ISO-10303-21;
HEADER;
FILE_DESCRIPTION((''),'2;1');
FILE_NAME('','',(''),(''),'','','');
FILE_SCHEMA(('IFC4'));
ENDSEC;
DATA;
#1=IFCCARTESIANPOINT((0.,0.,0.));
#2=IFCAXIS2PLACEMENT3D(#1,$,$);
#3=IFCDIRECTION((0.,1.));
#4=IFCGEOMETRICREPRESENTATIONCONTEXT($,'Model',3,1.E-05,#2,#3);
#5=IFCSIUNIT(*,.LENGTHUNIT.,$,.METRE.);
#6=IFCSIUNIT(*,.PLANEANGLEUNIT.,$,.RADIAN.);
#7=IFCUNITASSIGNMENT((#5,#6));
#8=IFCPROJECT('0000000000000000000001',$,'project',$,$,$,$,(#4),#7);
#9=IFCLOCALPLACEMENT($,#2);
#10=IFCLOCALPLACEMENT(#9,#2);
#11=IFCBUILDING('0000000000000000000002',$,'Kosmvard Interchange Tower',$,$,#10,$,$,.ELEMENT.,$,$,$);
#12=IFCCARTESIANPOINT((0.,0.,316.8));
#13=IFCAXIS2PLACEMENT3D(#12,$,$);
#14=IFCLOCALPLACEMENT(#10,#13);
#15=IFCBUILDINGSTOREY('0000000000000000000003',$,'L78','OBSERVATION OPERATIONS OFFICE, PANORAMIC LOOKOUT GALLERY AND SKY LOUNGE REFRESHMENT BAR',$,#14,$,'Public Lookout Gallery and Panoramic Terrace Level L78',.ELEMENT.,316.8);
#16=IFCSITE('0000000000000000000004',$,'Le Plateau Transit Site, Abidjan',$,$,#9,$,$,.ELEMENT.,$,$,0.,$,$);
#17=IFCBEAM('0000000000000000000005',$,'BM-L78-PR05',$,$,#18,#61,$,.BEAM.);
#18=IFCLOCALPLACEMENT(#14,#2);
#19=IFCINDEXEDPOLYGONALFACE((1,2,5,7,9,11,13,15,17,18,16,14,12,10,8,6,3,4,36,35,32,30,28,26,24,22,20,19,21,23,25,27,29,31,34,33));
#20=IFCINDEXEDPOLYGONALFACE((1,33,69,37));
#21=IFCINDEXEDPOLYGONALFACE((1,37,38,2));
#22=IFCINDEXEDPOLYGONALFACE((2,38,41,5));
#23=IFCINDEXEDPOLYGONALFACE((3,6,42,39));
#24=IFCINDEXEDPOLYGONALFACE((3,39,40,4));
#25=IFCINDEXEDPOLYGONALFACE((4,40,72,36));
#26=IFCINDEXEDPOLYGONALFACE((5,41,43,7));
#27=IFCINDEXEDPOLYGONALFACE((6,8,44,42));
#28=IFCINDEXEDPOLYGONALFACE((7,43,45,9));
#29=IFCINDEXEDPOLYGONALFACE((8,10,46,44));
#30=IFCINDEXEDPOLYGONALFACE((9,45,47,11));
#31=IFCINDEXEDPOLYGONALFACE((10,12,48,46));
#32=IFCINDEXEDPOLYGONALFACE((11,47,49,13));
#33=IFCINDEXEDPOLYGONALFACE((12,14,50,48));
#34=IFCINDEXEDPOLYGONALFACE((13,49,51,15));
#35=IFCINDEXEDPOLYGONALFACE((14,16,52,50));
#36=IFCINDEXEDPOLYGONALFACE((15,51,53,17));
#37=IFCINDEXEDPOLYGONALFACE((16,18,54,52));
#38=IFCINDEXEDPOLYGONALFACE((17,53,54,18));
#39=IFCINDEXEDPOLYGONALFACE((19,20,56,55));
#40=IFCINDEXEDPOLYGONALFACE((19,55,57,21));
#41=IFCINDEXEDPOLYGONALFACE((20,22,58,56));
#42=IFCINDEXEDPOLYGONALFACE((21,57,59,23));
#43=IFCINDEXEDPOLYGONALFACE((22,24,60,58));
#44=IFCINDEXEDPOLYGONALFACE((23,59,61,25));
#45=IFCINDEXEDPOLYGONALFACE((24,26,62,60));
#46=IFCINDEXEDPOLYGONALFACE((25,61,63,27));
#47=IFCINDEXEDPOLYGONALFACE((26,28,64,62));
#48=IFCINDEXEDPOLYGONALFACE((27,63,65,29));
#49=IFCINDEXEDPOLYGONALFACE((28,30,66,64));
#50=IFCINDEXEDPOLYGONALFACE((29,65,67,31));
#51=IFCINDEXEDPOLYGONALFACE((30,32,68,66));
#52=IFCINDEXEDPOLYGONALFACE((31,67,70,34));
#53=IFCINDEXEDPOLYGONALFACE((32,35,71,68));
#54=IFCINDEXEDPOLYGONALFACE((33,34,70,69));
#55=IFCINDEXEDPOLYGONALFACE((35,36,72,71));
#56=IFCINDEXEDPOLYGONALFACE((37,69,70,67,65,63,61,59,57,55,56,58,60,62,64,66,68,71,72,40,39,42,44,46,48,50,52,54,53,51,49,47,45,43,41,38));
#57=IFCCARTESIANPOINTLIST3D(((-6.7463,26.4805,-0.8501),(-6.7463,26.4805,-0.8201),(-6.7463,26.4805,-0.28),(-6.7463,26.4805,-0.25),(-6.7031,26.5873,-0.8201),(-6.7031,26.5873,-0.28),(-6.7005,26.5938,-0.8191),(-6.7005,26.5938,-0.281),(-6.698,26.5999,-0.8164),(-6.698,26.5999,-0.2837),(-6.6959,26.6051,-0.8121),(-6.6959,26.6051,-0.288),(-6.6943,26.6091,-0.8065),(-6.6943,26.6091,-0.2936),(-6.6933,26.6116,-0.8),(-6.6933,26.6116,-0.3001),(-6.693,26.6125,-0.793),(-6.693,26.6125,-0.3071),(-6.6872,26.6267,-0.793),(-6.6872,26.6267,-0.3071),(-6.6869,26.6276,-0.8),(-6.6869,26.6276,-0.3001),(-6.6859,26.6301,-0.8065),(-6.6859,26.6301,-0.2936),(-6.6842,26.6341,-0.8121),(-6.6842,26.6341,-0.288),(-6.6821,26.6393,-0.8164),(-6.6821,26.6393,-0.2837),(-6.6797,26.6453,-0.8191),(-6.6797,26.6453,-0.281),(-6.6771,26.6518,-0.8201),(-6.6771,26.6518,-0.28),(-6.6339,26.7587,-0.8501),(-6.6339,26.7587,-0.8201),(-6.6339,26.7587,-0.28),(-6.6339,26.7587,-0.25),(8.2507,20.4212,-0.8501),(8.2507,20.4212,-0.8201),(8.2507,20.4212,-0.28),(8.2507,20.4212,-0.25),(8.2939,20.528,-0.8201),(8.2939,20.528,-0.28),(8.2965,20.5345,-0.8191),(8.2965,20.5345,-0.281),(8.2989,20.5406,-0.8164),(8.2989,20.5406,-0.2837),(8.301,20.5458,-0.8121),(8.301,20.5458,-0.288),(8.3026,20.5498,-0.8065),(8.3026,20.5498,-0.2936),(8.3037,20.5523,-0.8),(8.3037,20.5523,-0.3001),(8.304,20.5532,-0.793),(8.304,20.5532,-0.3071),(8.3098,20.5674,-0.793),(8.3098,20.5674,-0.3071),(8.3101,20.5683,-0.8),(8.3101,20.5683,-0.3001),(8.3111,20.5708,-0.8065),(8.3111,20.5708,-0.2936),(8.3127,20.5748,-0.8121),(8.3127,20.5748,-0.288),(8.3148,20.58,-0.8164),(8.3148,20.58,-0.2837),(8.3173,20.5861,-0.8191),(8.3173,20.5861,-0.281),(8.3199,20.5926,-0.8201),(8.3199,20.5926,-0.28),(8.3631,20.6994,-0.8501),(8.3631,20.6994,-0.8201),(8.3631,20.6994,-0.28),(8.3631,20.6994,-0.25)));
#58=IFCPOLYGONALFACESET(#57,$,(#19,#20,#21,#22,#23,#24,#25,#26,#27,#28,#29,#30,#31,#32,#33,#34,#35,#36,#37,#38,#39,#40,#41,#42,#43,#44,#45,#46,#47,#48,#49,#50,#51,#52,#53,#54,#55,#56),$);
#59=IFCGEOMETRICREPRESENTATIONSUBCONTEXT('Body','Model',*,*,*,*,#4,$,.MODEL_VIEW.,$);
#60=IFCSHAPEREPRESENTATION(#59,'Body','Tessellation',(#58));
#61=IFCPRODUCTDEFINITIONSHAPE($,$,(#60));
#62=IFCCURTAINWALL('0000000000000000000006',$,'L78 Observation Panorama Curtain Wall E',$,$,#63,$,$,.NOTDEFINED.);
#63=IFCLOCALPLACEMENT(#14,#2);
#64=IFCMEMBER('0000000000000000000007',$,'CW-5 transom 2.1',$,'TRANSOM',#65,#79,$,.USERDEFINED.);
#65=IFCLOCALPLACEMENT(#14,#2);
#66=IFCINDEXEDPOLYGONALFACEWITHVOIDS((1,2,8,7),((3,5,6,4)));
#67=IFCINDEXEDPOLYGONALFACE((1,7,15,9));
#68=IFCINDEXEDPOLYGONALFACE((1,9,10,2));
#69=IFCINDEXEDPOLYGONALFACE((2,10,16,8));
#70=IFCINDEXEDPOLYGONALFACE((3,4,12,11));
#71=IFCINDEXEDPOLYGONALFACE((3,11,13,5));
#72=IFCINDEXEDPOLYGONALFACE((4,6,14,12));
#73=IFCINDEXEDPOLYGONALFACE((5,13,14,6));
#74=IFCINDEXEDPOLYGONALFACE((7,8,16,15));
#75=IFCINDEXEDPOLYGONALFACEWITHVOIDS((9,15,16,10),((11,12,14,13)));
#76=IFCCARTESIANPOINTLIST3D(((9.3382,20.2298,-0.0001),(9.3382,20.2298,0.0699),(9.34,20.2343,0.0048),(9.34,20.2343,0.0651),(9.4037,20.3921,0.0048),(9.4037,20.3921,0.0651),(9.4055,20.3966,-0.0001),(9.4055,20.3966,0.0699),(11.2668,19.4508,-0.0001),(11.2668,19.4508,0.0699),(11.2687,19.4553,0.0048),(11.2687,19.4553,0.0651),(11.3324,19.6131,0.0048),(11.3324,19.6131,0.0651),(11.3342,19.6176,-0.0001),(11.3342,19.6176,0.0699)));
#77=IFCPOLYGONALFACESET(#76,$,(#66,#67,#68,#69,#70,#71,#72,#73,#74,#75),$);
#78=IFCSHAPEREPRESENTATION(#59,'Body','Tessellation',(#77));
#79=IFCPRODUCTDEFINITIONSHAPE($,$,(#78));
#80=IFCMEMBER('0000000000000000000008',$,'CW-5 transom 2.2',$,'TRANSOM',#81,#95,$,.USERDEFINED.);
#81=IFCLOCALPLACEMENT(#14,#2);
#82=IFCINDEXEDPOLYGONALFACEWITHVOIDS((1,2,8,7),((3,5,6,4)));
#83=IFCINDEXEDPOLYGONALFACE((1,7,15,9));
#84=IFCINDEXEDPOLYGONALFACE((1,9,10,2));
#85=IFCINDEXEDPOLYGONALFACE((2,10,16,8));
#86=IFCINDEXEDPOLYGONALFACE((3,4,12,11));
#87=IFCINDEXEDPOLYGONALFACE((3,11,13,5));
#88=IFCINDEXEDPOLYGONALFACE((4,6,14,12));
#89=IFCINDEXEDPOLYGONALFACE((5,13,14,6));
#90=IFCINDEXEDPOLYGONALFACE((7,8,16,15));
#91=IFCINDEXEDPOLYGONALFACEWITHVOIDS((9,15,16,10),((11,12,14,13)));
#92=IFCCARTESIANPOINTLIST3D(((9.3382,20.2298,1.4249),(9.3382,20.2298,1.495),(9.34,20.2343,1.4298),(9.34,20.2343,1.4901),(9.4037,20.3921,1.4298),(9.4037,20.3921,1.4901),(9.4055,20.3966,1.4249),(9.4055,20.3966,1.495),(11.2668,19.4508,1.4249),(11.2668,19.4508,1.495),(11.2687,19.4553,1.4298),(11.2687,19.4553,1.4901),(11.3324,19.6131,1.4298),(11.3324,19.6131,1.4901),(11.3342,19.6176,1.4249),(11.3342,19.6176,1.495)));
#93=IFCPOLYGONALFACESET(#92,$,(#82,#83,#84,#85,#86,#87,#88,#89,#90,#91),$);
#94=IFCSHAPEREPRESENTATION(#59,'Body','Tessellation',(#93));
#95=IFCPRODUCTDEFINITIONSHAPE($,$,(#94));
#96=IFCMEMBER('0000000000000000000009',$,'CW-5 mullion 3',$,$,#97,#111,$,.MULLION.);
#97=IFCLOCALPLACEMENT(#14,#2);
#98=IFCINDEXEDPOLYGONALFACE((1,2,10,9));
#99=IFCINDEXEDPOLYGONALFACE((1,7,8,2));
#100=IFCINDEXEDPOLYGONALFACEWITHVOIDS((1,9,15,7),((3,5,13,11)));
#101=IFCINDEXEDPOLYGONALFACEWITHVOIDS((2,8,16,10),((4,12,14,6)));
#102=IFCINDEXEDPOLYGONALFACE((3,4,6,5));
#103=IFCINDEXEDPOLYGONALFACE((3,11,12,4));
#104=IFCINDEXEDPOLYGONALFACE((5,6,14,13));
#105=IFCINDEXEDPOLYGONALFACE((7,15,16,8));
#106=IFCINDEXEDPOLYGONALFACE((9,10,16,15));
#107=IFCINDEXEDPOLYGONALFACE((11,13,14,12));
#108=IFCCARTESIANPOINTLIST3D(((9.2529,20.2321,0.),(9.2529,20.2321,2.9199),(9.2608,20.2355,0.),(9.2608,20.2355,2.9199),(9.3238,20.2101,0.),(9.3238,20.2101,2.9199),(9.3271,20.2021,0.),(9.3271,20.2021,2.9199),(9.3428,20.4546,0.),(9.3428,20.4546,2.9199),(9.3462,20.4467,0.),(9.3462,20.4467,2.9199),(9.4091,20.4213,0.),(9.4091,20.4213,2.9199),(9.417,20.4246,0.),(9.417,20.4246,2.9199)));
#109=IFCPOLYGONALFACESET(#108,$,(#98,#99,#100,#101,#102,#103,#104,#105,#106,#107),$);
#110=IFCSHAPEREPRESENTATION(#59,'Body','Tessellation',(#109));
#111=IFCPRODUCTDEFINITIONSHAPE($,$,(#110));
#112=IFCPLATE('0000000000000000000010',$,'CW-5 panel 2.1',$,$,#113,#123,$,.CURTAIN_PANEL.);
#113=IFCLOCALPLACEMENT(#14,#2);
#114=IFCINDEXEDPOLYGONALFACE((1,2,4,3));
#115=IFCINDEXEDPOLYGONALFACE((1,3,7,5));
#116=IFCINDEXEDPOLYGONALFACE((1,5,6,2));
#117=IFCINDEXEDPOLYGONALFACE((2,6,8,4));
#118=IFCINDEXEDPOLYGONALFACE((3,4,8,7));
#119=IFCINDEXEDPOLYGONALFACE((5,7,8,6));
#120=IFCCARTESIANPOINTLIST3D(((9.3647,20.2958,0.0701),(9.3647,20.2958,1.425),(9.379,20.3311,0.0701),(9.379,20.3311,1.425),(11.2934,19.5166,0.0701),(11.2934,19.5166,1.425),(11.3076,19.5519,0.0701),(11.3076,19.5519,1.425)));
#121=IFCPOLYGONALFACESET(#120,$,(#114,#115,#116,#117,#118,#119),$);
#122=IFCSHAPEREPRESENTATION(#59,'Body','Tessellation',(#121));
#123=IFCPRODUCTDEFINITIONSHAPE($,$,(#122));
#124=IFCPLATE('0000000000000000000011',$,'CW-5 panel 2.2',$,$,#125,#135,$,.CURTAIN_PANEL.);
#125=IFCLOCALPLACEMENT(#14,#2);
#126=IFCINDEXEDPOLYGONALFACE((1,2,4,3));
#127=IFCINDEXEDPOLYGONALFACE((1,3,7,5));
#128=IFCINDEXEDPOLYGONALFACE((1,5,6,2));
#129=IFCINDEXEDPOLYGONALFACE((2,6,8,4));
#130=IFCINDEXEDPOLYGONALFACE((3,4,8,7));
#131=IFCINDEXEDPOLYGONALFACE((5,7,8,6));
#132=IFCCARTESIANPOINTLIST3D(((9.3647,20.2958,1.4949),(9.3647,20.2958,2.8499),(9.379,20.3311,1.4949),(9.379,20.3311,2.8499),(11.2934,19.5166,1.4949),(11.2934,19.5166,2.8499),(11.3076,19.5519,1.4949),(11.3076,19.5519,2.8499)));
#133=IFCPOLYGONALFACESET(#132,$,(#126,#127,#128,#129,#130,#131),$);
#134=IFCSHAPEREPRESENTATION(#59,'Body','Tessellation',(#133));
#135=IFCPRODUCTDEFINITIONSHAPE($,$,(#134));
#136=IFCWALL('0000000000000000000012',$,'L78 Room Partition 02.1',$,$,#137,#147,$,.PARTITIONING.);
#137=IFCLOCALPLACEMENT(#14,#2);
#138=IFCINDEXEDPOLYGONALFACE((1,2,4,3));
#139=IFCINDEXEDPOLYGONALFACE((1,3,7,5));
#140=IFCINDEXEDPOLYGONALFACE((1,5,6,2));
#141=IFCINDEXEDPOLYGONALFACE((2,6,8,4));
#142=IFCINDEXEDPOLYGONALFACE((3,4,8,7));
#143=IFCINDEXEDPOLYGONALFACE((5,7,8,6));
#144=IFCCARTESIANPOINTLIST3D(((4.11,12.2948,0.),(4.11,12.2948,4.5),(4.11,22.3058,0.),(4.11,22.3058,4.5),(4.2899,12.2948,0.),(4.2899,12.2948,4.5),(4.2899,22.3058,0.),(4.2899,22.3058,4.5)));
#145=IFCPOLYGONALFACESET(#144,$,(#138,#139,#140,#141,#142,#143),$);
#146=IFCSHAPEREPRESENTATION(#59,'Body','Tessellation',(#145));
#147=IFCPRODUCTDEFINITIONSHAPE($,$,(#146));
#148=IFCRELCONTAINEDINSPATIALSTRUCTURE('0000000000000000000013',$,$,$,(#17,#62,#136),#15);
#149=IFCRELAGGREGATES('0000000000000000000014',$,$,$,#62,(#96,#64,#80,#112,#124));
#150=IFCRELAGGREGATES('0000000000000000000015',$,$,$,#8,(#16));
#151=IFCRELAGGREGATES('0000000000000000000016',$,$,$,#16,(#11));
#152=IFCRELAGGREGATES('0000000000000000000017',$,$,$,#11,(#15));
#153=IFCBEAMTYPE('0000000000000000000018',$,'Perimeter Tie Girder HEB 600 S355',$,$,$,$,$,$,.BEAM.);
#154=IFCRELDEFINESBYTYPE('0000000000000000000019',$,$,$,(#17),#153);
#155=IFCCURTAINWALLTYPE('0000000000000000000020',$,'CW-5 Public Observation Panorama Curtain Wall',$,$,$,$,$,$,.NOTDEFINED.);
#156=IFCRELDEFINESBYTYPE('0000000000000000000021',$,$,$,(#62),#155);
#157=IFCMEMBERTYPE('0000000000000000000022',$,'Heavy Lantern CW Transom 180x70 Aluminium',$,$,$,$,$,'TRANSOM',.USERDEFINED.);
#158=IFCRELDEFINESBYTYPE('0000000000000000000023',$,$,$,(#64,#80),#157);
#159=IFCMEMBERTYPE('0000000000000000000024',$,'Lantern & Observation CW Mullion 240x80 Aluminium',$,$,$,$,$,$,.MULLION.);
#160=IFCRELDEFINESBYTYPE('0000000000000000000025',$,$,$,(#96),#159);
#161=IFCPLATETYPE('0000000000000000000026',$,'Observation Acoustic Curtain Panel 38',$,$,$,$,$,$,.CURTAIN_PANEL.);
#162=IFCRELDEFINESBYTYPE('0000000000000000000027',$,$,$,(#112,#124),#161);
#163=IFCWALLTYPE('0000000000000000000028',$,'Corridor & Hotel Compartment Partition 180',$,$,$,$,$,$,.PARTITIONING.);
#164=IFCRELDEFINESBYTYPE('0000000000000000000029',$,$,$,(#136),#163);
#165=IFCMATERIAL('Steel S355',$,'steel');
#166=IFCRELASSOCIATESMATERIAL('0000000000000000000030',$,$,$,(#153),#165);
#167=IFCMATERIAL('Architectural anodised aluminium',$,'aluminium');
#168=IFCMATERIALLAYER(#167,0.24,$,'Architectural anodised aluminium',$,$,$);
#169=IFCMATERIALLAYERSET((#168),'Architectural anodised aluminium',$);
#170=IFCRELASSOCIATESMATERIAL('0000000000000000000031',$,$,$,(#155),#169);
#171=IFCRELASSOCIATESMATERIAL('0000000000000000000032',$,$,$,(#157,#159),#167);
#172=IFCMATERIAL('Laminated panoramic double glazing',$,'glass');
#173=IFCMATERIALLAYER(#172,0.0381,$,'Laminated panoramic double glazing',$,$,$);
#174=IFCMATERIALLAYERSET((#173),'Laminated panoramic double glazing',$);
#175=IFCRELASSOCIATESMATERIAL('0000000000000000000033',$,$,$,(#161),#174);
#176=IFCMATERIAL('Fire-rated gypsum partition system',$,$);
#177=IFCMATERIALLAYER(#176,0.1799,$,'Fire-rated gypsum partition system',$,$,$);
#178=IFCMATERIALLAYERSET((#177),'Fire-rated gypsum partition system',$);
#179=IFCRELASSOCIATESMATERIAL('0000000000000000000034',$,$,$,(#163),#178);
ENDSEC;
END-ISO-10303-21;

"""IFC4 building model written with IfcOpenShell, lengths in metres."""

from ifc_helpers import new_model, si_unit, direction, frame, frame_2d, origin, origin_2d, place, context, subcontext, project, spatial, rectangle, hollow_rectangle, i_section, extrude, source, transform, mapped, material, layer, layer_set, material_profile, profile_set, type_object, element, aggregate, save


model = new_model("IFC4")

# Units and contexts
model_context = context("Model", 3, precision=1e-05, world=origin(), true_north=direction((0.0, 1.0)))
body_context = subcontext(model_context, "Body", "Model", "MODEL_VIEW")
ifc_project = project(units=[si_unit("LENGTHUNIT", "METRE"), si_unit("PLANEANGLEUNIT", "RADIAN")], contexts=[model_context])

# Site, building, storey
site_placement = place(None, origin())
site = spatial("IfcSite", under=ifc_project, at=site_placement, Name="Le Plateau Transit Site, Abidjan", CompositionType="ELEMENT", RefElevation=0.0)
building_placement = place(site_placement, origin())
building = spatial("IfcBuilding", under=site, at=building_placement, Name="Kosmvard Interchange Tower", CompositionType="ELEMENT")
storey_placement = place(building_placement, frame((0.0, 0.0, 316.8)))
storey = spatial("IfcBuildingStorey", under=building, at=storey_placement, Name="L78", Description="OBSERVATION OPERATIONS OFFICE, PANORAMIC LOOKOUT GALLERY AND SKY LOUNGE REFRESHMENT BAR", LongName="Public Lookout Gallery and Panoramic Terrace Level L78", CompositionType="ELEMENT", Elevation=316.8)

# Beam
ifc_material_1 = material(Name="Steel S355", Category="steel")
ifc_material_profile_1 = material_profile(ifc_material_1, i_section(OverallWidth=0.3, OverallDepth=0.6001, WebThickness=0.0154, FlangeThickness=0.03, FilletRadius=0.0271, at=origin_2d()), Name="HEB 600")
ifc_profile_set_1 = profile_set([ifc_material_profile_1], Name="Steel S355")
beam_type_1 = type_object("IfcBeamType", Name="Perimeter Tie Girder HEB 600 S355", PredefinedType="BEAM", material=ifc_profile_set_1)
shared_shape_1 = source(origin(), body_context, "Body", "SweptSolid", [
    extrude(i_section(OverallWidth=0.3, OverallDepth=0.6001, WebThickness=0.0154, FlangeThickness=0.03, FilletRadius=0.0271, at=origin_2d()), origin(), (0.0, 0.0, 1.0), 16.1748),
])
beam_1_placement = place(storey_placement, frame((8.3069, 20.5603, -0.55), z_axis=(-0.927181, 0.374613, 0.0), x_axis=(-0.374613, -0.927181, 0.0)))
element("IfcBeam", 1, at=beam_1_placement, inside=storey, type_object=beam_type_1, Name="BM-L78-PR05", PredefinedType="BEAM", context=body_context, shape_type="MappedRepresentation", body=[
    mapped(shared_shape_1, transform((0.0, 0.0, 0.0), scale=1.0)),
])

# Curtain wall, members, plates
ifc_material_2 = material(Name="Architectural anodised aluminium", Category="aluminium")
ifc_layer_1 = layer(ifc_material_2, 0.24, Name="Architectural anodised aluminium")
ifc_layer_set_1 = layer_set([ifc_layer_1], Name="Architectural anodised aluminium")
curtain_wall_type = type_object("IfcCurtainWallType", Name="CW-5 Public Observation Panorama Curtain Wall", PredefinedType="NOTDEFINED", material=ifc_layer_set_1)
curtain_wall_placement = place(storey_placement, origin())
curtain_wall = element("IfcCurtainWall", 2, at=curtain_wall_placement, inside=storey, type_object=curtain_wall_type, Name="L78 Observation Panorama Curtain Wall E", PredefinedType="NOTDEFINED")
ifc_material_profile_2 = material_profile(ifc_material_2, hollow_rectangle(XDim=0.1799, YDim=0.0701, WallThickness=0.0049, at=origin_2d()), Name="CWT 180x70x5")
ifc_profile_set_2 = profile_set([ifc_material_profile_2], Name="Architectural anodised aluminium")
member_type_1 = type_object("IfcMemberType", Name="Heavy Lantern CW Transom 180x70 Aluminium", ElementType="TRANSOM", PredefinedType="USERDEFINED", material=ifc_profile_set_2)
shared_shape_2 = source(origin(), body_context, "Body", "SweptSolid", [
    extrude(hollow_rectangle(XDim=0.1799, YDim=0.0701, WallThickness=0.0049, at=origin_2d()), origin(), (0.0, 0.0, 1.0), 2.0801),
])
member_1_placement = place(storey_placement, frame((11.3005, 19.5342, 0.0349), z_axis=(-0.927217, 0.374525, 0.0), x_axis=(-0.374525, -0.927217, 0.0)))
member_1 = element("IfcMember", 3, at=member_1_placement, type_object=member_type_1, Name="CW-5 transom 2.1", ObjectType="TRANSOM", PredefinedType="USERDEFINED", context=body_context, shape_type="MappedRepresentation", body=[
    mapped(shared_shape_2, transform((0.0, 0.0, 0.0), scale=1.0)),
])
member_2_placement = place(storey_placement, frame((11.3005, 19.5342, 1.46), z_axis=(-0.927217, 0.374525, 0.0), x_axis=(-0.374525, -0.927217, 0.0)))
member_2 = element("IfcMember", 4, at=member_2_placement, type_object=member_type_1, Name="CW-5 transom 2.2", ObjectType="TRANSOM", PredefinedType="USERDEFINED", context=body_context, shape_type="MappedRepresentation", body=[
    mapped(shared_shape_2, transform((0.0, 0.0, 0.0), scale=1.0)),
])
ifc_material_profile_3 = material_profile(ifc_material_2, hollow_rectangle(XDim=0.24, YDim=0.0801, WallThickness=0.0061, at=origin_2d()), Name="CWM 240x80x6")
ifc_profile_set_3 = profile_set([ifc_material_profile_3], Name="Architectural anodised aluminium")
member_type_2 = type_object("IfcMemberType", Name="Lantern & Observation CW Mullion 240x80 Aluminium", PredefinedType="MULLION", material=ifc_profile_set_3)
shared_shape_3 = source(origin(), body_context, "Body", "SweptSolid", [
    extrude(hollow_rectangle(XDim=0.24, YDim=0.0801, WallThickness=0.0061, at=origin_2d()), origin(), (0.0, 0.0, 1.0), 2.9199),
])
member_3_placement = place(storey_placement, frame((9.335, 20.3284, 0.0), z_axis=(0.0, 0.0, 1.0), x_axis=(-0.374607, -0.927184, 0.0)))
member_3 = element("IfcMember", 5, at=member_3_placement, type_object=member_type_2, Name="CW-5 mullion 3", PredefinedType="MULLION", context=body_context, shape_type="MappedRepresentation", body=[
    mapped(shared_shape_3, transform((0.0, 0.0, 0.0), scale=1.0)),
])
ifc_material_3 = material(Name="Laminated panoramic double glazing", Category="glass")
ifc_layer_2 = layer(ifc_material_3, 0.0381, Name="Laminated panoramic double glazing")
ifc_layer_set_2 = layer_set([ifc_layer_2], Name="Laminated panoramic double glazing")
plate_type = type_object("IfcPlateType", Name="Observation Acoustic Curtain Panel 38", PredefinedType="CURTAIN_PANEL", material=ifc_layer_set_2)
shared_shape_4 = source(origin(), body_context, "Body", "SweptSolid", [
    extrude(rectangle(XDim=2.0801, YDim=0.0381, at=origin_2d()), origin(), (0.0, 0.0, 1.0), 1.355),
])
plate_1_placement = place(storey_placement, frame((10.3362, 19.9238, 0.0701), z_axis=(0.0, 0.0, 1.0), x_axis=(-0.927184, 0.374607, 0.0)))
plate_1 = element("IfcPlate", 6, at=plate_1_placement, type_object=plate_type, Name="CW-5 panel 2.1", PredefinedType="CURTAIN_PANEL", context=body_context, shape_type="MappedRepresentation", body=[
    mapped(shared_shape_4, transform((0.0, 0.0, 0.0), scale=1.0)),
])
plate_2_placement = place(storey_placement, frame((10.3362, 19.9238, 1.4949), z_axis=(0.0, 0.0, 1.0), x_axis=(-0.927184, 0.374607, 0.0)))
plate_2 = element("IfcPlate", 7, at=plate_2_placement, type_object=plate_type, Name="CW-5 panel 2.2", PredefinedType="CURTAIN_PANEL", context=body_context, shape_type="MappedRepresentation", body=[
    mapped(shared_shape_4, transform((0.0, 0.0, 0.0), scale=1.0)),
])
aggregate(curtain_wall, [member_3, member_1, member_2, plate_1, plate_2])

# Wall
ifc_material_4 = material(Name="Fire-rated gypsum partition system")
ifc_layer_3 = layer(ifc_material_4, 0.1799, Name="Fire-rated gypsum partition system")
ifc_layer_set_3 = layer_set([ifc_layer_3], Name="Fire-rated gypsum partition system")
wall_type_1 = type_object("IfcWallType", Name="Corridor & Hotel Compartment Partition 180", PredefinedType="PARTITIONING", material=ifc_layer_set_3)
wall_1_placement = place(storey_placement, frame((4.2, 12.2949, 0.0), z_axis=(0.0, 0.0, 1.0), x_axis=(0.0, 1.0, 0.0)))
element("IfcWall", 8, at=wall_1_placement, inside=storey, type_object=wall_type_1, Name="L78 Room Partition 02.1", PredefinedType="PARTITIONING", context=body_context, shape_type="SweptSolid", body=[
    extrude(rectangle(XDim=10.011, YDim=0.1799, at=frame_2d((5.0054, 0.0))), origin(), (0.0, 0.0, 1.0), 4.5),
])

save(model, "model.ifc")
